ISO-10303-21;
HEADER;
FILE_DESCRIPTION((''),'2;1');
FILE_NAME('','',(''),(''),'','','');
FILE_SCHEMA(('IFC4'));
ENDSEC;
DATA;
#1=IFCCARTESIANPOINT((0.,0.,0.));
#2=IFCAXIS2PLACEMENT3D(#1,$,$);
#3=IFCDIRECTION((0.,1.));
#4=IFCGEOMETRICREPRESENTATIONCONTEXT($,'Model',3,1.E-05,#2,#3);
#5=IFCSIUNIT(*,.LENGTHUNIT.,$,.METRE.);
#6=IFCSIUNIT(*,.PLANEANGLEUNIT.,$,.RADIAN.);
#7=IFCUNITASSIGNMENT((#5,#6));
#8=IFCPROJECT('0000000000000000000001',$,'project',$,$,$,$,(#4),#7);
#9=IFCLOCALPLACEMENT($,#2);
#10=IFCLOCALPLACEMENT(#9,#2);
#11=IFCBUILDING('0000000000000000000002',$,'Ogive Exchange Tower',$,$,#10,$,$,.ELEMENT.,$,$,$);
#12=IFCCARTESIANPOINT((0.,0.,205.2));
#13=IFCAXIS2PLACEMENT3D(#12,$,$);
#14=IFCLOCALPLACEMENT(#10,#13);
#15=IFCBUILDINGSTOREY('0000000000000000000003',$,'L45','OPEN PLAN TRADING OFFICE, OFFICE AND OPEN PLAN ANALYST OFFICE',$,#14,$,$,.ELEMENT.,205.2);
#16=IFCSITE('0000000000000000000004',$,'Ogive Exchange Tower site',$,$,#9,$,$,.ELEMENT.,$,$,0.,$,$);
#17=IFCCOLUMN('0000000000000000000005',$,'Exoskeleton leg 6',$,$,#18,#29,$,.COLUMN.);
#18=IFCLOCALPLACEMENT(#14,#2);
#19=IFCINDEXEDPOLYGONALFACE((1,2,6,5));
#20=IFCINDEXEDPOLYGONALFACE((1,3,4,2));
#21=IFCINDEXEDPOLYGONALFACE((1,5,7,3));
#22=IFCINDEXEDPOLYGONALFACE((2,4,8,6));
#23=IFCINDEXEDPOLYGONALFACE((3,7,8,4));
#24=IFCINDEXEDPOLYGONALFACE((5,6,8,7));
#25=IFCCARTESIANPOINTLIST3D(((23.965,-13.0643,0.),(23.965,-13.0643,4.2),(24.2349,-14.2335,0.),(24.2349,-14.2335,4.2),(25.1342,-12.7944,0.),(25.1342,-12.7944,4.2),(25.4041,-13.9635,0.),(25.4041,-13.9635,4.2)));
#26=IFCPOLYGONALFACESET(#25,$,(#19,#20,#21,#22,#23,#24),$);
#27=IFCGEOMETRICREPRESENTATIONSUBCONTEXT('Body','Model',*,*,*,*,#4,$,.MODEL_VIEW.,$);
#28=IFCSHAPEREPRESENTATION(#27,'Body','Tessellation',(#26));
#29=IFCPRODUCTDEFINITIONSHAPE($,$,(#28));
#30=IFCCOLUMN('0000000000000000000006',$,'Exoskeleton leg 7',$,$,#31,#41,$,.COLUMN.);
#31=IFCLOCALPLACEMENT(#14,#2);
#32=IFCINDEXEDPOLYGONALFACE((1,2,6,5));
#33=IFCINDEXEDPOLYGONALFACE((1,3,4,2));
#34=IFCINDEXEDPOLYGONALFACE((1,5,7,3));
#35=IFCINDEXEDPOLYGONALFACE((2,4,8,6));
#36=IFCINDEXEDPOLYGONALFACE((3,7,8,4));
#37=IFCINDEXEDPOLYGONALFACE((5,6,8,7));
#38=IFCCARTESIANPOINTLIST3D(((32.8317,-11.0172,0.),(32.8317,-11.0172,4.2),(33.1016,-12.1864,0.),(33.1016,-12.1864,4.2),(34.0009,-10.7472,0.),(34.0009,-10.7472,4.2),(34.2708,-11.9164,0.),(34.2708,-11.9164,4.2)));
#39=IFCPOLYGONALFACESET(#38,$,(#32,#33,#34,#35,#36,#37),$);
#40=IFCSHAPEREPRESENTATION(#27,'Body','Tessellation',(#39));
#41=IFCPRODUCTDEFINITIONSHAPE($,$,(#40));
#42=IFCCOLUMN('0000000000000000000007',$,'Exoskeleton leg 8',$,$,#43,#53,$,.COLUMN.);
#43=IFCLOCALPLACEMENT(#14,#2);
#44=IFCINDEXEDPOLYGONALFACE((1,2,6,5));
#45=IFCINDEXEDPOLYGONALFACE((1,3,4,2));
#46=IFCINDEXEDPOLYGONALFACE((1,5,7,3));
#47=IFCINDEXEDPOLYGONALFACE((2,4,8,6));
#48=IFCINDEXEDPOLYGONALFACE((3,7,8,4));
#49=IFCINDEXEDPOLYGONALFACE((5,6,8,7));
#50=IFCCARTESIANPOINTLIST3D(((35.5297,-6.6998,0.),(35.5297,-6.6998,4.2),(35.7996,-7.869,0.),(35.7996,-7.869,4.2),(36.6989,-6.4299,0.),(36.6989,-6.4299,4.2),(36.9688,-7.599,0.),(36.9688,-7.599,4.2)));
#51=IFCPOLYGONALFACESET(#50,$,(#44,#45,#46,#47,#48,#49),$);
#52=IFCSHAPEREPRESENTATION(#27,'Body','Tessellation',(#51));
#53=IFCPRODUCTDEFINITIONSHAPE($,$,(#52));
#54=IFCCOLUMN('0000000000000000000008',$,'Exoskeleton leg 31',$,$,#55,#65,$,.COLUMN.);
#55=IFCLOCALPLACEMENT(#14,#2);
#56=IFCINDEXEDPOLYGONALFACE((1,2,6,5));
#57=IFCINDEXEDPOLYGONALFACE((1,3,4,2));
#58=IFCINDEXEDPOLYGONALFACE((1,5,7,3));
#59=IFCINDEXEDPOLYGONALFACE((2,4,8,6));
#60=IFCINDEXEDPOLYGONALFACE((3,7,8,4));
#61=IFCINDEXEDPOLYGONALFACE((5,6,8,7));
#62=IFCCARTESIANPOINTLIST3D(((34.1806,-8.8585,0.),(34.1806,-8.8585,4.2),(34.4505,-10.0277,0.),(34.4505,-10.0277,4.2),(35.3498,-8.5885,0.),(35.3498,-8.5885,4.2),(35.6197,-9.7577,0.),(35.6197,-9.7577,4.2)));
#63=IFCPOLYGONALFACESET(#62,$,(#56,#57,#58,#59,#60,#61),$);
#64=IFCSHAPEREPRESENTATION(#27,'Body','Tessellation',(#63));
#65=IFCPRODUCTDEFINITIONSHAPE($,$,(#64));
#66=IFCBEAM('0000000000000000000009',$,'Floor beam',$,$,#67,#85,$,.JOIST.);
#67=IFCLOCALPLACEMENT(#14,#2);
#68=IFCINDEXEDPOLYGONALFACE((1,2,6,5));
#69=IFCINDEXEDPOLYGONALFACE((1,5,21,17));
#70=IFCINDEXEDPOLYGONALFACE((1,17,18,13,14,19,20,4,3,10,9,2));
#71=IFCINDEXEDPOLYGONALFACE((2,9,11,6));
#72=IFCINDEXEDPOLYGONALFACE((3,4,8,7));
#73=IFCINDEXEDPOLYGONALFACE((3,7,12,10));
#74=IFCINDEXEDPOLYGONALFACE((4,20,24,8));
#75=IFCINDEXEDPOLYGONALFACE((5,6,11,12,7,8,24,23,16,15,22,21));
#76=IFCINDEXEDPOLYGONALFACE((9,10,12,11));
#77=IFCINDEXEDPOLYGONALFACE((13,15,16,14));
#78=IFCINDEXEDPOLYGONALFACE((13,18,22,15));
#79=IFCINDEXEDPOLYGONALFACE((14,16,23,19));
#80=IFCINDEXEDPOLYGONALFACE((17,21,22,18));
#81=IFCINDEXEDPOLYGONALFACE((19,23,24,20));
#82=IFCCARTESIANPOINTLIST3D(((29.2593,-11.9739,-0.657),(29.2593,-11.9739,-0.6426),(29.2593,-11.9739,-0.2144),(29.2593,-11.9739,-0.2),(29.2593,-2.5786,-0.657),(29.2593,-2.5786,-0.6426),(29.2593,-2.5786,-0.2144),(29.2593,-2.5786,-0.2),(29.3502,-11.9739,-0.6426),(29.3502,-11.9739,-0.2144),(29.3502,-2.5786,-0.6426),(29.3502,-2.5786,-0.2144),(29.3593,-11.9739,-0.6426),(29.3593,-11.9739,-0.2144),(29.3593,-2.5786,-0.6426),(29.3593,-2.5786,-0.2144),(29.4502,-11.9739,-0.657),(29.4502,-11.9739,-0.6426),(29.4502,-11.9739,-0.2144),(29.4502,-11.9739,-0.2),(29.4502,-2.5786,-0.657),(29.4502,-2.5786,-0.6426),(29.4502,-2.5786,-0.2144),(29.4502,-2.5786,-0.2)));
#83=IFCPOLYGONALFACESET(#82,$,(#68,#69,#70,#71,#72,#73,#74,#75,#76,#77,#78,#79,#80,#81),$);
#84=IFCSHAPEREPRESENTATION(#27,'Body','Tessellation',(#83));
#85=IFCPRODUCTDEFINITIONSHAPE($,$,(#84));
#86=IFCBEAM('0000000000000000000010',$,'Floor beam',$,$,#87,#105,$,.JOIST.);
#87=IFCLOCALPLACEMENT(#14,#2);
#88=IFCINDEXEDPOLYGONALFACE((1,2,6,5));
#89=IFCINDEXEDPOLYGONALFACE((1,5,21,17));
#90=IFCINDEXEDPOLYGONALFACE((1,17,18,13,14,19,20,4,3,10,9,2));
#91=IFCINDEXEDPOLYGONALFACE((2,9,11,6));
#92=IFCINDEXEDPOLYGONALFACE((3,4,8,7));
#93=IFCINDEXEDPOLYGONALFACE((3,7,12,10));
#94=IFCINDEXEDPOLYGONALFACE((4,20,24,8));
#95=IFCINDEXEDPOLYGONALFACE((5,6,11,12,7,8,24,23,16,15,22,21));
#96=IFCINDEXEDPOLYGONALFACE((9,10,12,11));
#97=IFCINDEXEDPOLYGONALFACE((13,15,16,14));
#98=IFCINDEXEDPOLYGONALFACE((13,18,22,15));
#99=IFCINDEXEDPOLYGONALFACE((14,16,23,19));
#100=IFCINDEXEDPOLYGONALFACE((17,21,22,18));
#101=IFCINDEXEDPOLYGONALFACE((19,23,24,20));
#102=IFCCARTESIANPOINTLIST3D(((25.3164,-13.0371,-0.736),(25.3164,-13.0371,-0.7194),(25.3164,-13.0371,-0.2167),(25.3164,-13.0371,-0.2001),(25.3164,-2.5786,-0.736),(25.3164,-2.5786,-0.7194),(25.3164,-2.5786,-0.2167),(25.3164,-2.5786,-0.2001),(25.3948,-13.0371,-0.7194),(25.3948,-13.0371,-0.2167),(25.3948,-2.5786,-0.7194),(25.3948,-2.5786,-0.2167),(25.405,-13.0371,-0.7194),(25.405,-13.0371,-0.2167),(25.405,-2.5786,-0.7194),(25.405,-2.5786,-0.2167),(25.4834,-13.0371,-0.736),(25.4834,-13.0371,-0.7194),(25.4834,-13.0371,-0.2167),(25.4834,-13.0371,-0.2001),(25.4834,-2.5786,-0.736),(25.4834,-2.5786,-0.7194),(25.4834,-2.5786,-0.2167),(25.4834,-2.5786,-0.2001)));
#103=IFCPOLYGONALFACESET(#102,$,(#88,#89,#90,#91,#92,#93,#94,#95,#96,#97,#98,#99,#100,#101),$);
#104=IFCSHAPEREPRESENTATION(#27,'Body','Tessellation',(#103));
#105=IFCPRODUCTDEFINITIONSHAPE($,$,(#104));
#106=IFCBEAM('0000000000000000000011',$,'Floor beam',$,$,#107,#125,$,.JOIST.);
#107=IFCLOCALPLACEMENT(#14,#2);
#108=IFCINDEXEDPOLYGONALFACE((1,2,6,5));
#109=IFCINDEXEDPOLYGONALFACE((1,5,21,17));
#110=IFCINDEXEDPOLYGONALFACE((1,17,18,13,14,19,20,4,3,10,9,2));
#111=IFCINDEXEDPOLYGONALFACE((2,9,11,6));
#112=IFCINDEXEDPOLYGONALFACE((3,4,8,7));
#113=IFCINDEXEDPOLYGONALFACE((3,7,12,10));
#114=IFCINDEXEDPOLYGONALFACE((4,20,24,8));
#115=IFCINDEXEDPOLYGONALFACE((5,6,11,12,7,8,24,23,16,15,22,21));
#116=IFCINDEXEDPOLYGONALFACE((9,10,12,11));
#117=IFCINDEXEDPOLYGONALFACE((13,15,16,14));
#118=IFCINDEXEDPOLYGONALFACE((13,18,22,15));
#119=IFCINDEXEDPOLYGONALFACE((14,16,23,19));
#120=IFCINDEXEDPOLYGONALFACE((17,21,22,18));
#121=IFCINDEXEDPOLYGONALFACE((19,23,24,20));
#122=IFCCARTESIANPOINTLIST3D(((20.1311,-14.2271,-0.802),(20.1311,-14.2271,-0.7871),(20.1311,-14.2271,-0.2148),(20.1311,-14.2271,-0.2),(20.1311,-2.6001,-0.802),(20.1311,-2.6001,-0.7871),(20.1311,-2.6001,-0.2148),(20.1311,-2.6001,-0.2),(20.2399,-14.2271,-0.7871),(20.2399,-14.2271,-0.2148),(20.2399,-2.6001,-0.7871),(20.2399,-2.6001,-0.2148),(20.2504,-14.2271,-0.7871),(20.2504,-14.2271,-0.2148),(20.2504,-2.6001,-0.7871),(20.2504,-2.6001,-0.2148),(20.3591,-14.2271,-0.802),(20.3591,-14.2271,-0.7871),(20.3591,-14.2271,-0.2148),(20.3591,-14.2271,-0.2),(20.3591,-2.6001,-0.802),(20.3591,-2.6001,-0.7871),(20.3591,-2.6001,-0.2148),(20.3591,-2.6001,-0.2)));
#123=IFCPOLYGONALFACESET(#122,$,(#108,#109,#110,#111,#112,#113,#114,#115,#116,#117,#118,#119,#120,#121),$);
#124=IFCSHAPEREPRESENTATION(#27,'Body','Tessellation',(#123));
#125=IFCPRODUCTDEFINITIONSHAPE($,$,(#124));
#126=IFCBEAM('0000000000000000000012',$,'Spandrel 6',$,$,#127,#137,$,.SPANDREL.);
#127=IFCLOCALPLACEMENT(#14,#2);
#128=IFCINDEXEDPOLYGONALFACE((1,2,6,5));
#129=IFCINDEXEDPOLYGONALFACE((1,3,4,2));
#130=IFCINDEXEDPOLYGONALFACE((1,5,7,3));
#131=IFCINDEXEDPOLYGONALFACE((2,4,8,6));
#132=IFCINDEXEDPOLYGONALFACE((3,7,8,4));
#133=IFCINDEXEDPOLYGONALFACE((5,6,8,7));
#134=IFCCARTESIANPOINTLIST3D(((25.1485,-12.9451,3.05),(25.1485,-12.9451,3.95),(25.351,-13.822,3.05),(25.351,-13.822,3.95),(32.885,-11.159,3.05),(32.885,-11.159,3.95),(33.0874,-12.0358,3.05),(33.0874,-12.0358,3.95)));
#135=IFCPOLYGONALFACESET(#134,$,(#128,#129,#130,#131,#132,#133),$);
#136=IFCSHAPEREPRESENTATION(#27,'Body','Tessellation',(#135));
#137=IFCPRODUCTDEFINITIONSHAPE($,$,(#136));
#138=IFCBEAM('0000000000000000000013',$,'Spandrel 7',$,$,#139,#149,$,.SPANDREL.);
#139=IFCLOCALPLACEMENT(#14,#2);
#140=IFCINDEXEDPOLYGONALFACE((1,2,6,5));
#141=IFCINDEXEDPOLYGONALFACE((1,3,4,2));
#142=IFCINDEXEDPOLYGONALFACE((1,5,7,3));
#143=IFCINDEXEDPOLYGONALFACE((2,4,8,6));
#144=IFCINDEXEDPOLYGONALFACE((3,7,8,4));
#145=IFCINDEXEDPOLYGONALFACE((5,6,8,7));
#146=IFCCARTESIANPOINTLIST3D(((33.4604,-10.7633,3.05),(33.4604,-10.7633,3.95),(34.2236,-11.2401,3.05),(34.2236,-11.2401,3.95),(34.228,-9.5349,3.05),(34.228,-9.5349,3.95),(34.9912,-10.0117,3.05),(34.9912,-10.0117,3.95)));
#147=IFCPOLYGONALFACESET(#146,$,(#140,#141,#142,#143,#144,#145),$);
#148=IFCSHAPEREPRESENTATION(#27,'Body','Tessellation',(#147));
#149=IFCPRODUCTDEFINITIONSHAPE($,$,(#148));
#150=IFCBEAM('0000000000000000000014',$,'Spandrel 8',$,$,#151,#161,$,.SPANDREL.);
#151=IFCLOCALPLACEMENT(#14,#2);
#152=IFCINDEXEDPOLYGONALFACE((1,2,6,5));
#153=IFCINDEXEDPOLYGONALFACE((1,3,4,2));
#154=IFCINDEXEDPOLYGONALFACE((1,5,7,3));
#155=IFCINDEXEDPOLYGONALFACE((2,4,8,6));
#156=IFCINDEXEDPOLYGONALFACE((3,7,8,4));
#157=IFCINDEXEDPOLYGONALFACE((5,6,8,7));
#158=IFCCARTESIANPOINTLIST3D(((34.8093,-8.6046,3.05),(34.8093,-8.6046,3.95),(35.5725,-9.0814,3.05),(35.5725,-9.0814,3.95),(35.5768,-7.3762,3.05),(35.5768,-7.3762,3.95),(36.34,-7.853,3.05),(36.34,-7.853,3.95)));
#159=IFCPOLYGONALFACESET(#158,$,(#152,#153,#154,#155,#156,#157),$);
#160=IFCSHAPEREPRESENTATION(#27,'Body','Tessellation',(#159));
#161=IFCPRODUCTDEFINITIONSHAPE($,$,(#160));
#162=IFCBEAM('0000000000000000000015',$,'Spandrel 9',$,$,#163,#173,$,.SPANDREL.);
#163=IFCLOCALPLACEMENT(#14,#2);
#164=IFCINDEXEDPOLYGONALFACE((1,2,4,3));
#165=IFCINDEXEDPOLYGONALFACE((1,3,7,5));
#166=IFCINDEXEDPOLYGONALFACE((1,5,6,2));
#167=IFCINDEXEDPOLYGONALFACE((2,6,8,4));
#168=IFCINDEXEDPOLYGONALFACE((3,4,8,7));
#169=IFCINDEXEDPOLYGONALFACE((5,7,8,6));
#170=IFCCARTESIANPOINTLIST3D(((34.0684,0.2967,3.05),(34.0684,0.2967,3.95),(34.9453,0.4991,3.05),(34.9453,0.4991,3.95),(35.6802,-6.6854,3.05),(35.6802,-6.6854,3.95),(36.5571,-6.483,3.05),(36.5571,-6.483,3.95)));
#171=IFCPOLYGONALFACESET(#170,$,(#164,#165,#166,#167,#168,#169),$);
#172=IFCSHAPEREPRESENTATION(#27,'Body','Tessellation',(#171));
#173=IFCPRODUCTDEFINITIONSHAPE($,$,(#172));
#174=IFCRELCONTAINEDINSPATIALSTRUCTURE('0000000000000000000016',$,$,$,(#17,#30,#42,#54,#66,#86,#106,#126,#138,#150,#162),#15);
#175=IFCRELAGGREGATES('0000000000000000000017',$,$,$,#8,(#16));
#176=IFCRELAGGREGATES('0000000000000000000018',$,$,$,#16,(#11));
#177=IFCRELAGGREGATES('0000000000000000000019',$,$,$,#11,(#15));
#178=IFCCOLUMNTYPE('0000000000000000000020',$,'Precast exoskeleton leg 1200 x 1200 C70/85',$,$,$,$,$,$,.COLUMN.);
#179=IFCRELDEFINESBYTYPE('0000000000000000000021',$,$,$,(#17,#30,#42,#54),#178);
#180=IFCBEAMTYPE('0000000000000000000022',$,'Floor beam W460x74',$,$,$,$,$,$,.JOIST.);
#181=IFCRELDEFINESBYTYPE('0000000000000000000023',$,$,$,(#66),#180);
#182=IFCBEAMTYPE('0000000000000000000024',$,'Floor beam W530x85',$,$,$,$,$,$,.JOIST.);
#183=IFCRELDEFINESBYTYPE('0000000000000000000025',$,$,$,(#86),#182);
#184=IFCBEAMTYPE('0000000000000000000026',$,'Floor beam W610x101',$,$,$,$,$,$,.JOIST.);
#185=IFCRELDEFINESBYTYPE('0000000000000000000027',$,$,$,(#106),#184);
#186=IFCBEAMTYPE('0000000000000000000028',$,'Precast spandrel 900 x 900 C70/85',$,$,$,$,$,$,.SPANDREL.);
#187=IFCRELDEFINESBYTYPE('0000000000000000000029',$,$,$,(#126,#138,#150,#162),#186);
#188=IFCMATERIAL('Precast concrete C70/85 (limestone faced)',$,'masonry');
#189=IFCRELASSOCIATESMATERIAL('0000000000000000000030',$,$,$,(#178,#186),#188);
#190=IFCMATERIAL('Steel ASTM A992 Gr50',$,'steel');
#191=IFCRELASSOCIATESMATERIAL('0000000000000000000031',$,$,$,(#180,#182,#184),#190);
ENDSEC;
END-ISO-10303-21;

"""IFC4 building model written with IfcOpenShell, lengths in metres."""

from ifc_helpers import new_model, si_unit, direction, frame, origin, origin_2d, place, context, subcontext, project, spatial, rectangle, i_section, extrude, material, material_profile, profile_set, type_object, element, save


model = new_model("IFC4")

# Units and contexts
model_context = context("Model", 3, precision=1e-05, world=origin(), true_north=direction((0.0, 1.0)))
body_context = subcontext(model_context, "Body", "Model", "MODEL_VIEW")
ifc_project = project(units=[si_unit("LENGTHUNIT", "METRE"), si_unit("PLANEANGLEUNIT", "RADIAN")], contexts=[model_context])

# Site, building, storey
site_placement = place(None, origin())
site = spatial("IfcSite", under=ifc_project, at=site_placement, Name="Ogive Exchange Tower site", CompositionType="ELEMENT", RefElevation=0.0)
building_placement = place(site_placement, origin())
building = spatial("IfcBuilding", under=site, at=building_placement, Name="Ogive Exchange Tower", CompositionType="ELEMENT")
storey_placement = place(building_placement, frame((0.0, 0.0, 205.2)))
storey = spatial("IfcBuildingStorey", under=building, at=storey_placement, Name="L45", Description="OPEN PLAN TRADING OFFICE, OFFICE AND OPEN PLAN ANALYST OFFICE", CompositionType="ELEMENT", Elevation=205.2)

# Columns
ifc_material_1 = material(Name="Precast concrete C70/85 (limestone faced)", Category="masonry")
ifc_material_profile_1 = material_profile(ifc_material_1, rectangle(XDim=1.2, YDim=1.2, at=origin_2d()), Name="1200 x 1200")
ifc_profile_set_1 = profile_set([ifc_material_profile_1], Name="Precast concrete C70/85 (limestone faced)")
column_type = type_object("IfcColumnType", Name="Precast exoskeleton leg 1200 x 1200 C70/85", PredefinedType="COLUMN", material=ifc_profile_set_1)
for number, where, z_axis, x_axis, name in (
    (1, (24.6846, -13.5139, 0.0), (0.0, 0.0, 1.0), (0.97437, 0.224951, 0.0), "Exoskeleton leg 6"),
    (2, (33.5513, -11.4668, 0.0), (0.0, 0.0, 1.0), (0.97437, 0.224951, 0.0), "Exoskeleton leg 7"),
    (3, (36.2493, -7.1494, 0.0), (0.0, 0.0, 1.0), (0.97437, 0.224951, 0.0), "Exoskeleton leg 8"),
    (4, (34.9001, -9.3081, 0.0), (0.0, 0.0, 1.0), (0.97437, 0.224951, 0.0), "Exoskeleton leg 31"),
):
    element("IfcColumn", number, at=place(storey_placement, frame(where, z_axis=z_axis, x_axis=x_axis)), inside=storey, type_object=column_type, Name=name, PredefinedType="COLUMN", context=body_context, shape_type="SweptSolid", body=[
        extrude(rectangle(XDim=1.2, YDim=1.2, at=origin_2d()), origin(), (0.0, 0.0, 1.0), 4.2),
    ])

# Beams
ifc_material_2 = material(Name="Steel ASTM A992 Gr50", Category="steel")
ifc_material_profile_2 = material_profile(ifc_material_2, i_section(OverallWidth=0.1909, OverallDepth=0.457, WebThickness=0.009, FlangeThickness=0.0144, at=origin_2d()), Name="W460x74")
ifc_profile_set_2 = profile_set([ifc_material_profile_2], Name="Steel ASTM A992 Gr50")
beam_type_1 = type_object("IfcBeamType", Name="Floor beam W460x74", PredefinedType="JOIST", material=ifc_profile_set_2)
beam_1_placement = place(storey_placement, frame((29.3547, -11.9739, -0.4285), z_axis=(0.0, 1.0, 0.0), x_axis=(-1.0, 0.0, 0.0)))
element("IfcBeam", 5, at=beam_1_placement, inside=storey, type_object=beam_type_1, Name="Floor beam", PredefinedType="JOIST", context=body_context, shape_type="SweptSolid", body=[
    extrude(i_section(OverallWidth=0.1909, OverallDepth=0.457, WebThickness=0.009, FlangeThickness=0.0144, at=origin_2d()), origin(), (0.0, 0.0, 1.0), 9.3953),
])
ifc_material_profile_3 = material_profile(ifc_material_2, i_section(OverallWidth=0.167, OverallDepth=0.5359, WebThickness=0.0103, FlangeThickness=0.0166, at=origin_2d()), Name="W530x85")
ifc_profile_set_3 = profile_set([ifc_material_profile_3], Name="Steel ASTM A992 Gr50")
beam_type_2 = type_object("IfcBeamType", Name="Floor beam W530x85", PredefinedType="JOIST", material=ifc_profile_set_3)
beam_2_placement = place(storey_placement, frame((25.3999, -13.0371, -0.468), z_axis=(0.0, 1.0, 0.0), x_axis=(-1.0, 0.0, 0.0)))
element("IfcBeam", 6, at=beam_2_placement, inside=storey, type_object=beam_type_2, Name="Floor beam", PredefinedType="JOIST", context=body_context, shape_type="SweptSolid", body=[
    extrude(i_section(OverallWidth=0.167, OverallDepth=0.5359, WebThickness=0.0103, FlangeThickness=0.0166, at=origin_2d()), origin(), (0.0, 0.0, 1.0), 10.4585),
])
ifc_material_profile_4 = material_profile(ifc_material_2, i_section(OverallWidth=0.228, OverallDepth=0.6021, WebThickness=0.0105, FlangeThickness=0.0149, at=origin_2d()), Name="W610x101")
ifc_profile_set_4 = profile_set([ifc_material_profile_4], Name="Steel ASTM A992 Gr50")
beam_type_3 = type_object("IfcBeamType", Name="Floor beam W610x101", PredefinedType="JOIST", material=ifc_profile_set_4)
beam_3_placement = place(storey_placement, frame((20.2451, -14.2271, -0.501), z_axis=(0.0, 1.0, 0.0), x_axis=(-1.0, 0.0, 0.0)))
element("IfcBeam", 7, at=beam_3_placement, inside=storey, type_object=beam_type_3, Name="Floor beam", PredefinedType="JOIST", context=body_context, shape_type="SweptSolid", body=[
    extrude(i_section(OverallWidth=0.228, OverallDepth=0.6021, WebThickness=0.0105, FlangeThickness=0.0149, at=origin_2d()), origin(), (0.0, 0.0, 1.0), 11.627),
])
ifc_material_profile_5 = material_profile(ifc_material_1, rectangle(XDim=0.8999, YDim=0.8999, at=origin_2d()), Name="900 x 900")
ifc_profile_set_5 = profile_set([ifc_material_profile_5], Name="Precast concrete C70/85 (limestone faced)")
beam_type_4 = type_object("IfcBeamType", Name="Precast spandrel 900 x 900 C70/85", PredefinedType="SPANDREL", material=ifc_profile_set_5)
beam_4_placement = place(storey_placement, frame((25.2498, -13.3835, 3.5), z_axis=(0.974368, 0.224958, 0.0), x_axis=(-0.224958, 0.974368, 0.0)))
element("IfcBeam", 8, at=beam_4_placement, inside=storey, type_object=beam_type_4, Name="Spandrel 6", PredefinedType="SPANDREL", context=body_context, shape_type="SweptSolid", body=[
    extrude(rectangle(XDim=0.8999, YDim=0.8999, at=origin_2d()), origin(), (0.0, 0.0, 1.0), 7.9399),
])
for number, where, z_axis, x_axis, name in (
    (9, (33.842, -11.0017, 3.5), (0.529878, 0.848074, 0.0), (-0.848074, 0.529878, 0.0), "Spandrel 7"),
    (10, (35.1909, -8.843, 3.5), (0.529878, 0.848074, 0.0), (-0.848074, 0.529878, 0.0), "Spandrel 8"),
):
    element("IfcBeam", number, at=place(storey_placement, frame(where, z_axis=z_axis, x_axis=x_axis)), inside=storey, type_object=beam_type_4, Name=name, PredefinedType="SPANDREL", context=body_context, shape_type="SweptSolid", body=[
        extrude(rectangle(XDim=0.8999, YDim=0.8999, at=origin_2d()), origin(), (0.0, 0.0, 1.0), 1.4485),
    ])
beam_5_placement = place(storey_placement, frame((36.1187, -6.5842, 3.5), z_axis=(-0.224932, 0.974375, 0.0), x_axis=(-0.974375, -0.224932, 0.0)))
element("IfcBeam", 11, at=beam_5_placement, inside=storey, type_object=beam_type_4, Name="Spandrel 9", PredefinedType="SPANDREL", context=body_context, shape_type="SweptSolid", body=[
    extrude(rectangle(XDim=0.8999, YDim=0.8999, at=origin_2d()), origin(), (0.0, 0.0, 1.0), 7.1658),
])

save(model, "model.ifc")
